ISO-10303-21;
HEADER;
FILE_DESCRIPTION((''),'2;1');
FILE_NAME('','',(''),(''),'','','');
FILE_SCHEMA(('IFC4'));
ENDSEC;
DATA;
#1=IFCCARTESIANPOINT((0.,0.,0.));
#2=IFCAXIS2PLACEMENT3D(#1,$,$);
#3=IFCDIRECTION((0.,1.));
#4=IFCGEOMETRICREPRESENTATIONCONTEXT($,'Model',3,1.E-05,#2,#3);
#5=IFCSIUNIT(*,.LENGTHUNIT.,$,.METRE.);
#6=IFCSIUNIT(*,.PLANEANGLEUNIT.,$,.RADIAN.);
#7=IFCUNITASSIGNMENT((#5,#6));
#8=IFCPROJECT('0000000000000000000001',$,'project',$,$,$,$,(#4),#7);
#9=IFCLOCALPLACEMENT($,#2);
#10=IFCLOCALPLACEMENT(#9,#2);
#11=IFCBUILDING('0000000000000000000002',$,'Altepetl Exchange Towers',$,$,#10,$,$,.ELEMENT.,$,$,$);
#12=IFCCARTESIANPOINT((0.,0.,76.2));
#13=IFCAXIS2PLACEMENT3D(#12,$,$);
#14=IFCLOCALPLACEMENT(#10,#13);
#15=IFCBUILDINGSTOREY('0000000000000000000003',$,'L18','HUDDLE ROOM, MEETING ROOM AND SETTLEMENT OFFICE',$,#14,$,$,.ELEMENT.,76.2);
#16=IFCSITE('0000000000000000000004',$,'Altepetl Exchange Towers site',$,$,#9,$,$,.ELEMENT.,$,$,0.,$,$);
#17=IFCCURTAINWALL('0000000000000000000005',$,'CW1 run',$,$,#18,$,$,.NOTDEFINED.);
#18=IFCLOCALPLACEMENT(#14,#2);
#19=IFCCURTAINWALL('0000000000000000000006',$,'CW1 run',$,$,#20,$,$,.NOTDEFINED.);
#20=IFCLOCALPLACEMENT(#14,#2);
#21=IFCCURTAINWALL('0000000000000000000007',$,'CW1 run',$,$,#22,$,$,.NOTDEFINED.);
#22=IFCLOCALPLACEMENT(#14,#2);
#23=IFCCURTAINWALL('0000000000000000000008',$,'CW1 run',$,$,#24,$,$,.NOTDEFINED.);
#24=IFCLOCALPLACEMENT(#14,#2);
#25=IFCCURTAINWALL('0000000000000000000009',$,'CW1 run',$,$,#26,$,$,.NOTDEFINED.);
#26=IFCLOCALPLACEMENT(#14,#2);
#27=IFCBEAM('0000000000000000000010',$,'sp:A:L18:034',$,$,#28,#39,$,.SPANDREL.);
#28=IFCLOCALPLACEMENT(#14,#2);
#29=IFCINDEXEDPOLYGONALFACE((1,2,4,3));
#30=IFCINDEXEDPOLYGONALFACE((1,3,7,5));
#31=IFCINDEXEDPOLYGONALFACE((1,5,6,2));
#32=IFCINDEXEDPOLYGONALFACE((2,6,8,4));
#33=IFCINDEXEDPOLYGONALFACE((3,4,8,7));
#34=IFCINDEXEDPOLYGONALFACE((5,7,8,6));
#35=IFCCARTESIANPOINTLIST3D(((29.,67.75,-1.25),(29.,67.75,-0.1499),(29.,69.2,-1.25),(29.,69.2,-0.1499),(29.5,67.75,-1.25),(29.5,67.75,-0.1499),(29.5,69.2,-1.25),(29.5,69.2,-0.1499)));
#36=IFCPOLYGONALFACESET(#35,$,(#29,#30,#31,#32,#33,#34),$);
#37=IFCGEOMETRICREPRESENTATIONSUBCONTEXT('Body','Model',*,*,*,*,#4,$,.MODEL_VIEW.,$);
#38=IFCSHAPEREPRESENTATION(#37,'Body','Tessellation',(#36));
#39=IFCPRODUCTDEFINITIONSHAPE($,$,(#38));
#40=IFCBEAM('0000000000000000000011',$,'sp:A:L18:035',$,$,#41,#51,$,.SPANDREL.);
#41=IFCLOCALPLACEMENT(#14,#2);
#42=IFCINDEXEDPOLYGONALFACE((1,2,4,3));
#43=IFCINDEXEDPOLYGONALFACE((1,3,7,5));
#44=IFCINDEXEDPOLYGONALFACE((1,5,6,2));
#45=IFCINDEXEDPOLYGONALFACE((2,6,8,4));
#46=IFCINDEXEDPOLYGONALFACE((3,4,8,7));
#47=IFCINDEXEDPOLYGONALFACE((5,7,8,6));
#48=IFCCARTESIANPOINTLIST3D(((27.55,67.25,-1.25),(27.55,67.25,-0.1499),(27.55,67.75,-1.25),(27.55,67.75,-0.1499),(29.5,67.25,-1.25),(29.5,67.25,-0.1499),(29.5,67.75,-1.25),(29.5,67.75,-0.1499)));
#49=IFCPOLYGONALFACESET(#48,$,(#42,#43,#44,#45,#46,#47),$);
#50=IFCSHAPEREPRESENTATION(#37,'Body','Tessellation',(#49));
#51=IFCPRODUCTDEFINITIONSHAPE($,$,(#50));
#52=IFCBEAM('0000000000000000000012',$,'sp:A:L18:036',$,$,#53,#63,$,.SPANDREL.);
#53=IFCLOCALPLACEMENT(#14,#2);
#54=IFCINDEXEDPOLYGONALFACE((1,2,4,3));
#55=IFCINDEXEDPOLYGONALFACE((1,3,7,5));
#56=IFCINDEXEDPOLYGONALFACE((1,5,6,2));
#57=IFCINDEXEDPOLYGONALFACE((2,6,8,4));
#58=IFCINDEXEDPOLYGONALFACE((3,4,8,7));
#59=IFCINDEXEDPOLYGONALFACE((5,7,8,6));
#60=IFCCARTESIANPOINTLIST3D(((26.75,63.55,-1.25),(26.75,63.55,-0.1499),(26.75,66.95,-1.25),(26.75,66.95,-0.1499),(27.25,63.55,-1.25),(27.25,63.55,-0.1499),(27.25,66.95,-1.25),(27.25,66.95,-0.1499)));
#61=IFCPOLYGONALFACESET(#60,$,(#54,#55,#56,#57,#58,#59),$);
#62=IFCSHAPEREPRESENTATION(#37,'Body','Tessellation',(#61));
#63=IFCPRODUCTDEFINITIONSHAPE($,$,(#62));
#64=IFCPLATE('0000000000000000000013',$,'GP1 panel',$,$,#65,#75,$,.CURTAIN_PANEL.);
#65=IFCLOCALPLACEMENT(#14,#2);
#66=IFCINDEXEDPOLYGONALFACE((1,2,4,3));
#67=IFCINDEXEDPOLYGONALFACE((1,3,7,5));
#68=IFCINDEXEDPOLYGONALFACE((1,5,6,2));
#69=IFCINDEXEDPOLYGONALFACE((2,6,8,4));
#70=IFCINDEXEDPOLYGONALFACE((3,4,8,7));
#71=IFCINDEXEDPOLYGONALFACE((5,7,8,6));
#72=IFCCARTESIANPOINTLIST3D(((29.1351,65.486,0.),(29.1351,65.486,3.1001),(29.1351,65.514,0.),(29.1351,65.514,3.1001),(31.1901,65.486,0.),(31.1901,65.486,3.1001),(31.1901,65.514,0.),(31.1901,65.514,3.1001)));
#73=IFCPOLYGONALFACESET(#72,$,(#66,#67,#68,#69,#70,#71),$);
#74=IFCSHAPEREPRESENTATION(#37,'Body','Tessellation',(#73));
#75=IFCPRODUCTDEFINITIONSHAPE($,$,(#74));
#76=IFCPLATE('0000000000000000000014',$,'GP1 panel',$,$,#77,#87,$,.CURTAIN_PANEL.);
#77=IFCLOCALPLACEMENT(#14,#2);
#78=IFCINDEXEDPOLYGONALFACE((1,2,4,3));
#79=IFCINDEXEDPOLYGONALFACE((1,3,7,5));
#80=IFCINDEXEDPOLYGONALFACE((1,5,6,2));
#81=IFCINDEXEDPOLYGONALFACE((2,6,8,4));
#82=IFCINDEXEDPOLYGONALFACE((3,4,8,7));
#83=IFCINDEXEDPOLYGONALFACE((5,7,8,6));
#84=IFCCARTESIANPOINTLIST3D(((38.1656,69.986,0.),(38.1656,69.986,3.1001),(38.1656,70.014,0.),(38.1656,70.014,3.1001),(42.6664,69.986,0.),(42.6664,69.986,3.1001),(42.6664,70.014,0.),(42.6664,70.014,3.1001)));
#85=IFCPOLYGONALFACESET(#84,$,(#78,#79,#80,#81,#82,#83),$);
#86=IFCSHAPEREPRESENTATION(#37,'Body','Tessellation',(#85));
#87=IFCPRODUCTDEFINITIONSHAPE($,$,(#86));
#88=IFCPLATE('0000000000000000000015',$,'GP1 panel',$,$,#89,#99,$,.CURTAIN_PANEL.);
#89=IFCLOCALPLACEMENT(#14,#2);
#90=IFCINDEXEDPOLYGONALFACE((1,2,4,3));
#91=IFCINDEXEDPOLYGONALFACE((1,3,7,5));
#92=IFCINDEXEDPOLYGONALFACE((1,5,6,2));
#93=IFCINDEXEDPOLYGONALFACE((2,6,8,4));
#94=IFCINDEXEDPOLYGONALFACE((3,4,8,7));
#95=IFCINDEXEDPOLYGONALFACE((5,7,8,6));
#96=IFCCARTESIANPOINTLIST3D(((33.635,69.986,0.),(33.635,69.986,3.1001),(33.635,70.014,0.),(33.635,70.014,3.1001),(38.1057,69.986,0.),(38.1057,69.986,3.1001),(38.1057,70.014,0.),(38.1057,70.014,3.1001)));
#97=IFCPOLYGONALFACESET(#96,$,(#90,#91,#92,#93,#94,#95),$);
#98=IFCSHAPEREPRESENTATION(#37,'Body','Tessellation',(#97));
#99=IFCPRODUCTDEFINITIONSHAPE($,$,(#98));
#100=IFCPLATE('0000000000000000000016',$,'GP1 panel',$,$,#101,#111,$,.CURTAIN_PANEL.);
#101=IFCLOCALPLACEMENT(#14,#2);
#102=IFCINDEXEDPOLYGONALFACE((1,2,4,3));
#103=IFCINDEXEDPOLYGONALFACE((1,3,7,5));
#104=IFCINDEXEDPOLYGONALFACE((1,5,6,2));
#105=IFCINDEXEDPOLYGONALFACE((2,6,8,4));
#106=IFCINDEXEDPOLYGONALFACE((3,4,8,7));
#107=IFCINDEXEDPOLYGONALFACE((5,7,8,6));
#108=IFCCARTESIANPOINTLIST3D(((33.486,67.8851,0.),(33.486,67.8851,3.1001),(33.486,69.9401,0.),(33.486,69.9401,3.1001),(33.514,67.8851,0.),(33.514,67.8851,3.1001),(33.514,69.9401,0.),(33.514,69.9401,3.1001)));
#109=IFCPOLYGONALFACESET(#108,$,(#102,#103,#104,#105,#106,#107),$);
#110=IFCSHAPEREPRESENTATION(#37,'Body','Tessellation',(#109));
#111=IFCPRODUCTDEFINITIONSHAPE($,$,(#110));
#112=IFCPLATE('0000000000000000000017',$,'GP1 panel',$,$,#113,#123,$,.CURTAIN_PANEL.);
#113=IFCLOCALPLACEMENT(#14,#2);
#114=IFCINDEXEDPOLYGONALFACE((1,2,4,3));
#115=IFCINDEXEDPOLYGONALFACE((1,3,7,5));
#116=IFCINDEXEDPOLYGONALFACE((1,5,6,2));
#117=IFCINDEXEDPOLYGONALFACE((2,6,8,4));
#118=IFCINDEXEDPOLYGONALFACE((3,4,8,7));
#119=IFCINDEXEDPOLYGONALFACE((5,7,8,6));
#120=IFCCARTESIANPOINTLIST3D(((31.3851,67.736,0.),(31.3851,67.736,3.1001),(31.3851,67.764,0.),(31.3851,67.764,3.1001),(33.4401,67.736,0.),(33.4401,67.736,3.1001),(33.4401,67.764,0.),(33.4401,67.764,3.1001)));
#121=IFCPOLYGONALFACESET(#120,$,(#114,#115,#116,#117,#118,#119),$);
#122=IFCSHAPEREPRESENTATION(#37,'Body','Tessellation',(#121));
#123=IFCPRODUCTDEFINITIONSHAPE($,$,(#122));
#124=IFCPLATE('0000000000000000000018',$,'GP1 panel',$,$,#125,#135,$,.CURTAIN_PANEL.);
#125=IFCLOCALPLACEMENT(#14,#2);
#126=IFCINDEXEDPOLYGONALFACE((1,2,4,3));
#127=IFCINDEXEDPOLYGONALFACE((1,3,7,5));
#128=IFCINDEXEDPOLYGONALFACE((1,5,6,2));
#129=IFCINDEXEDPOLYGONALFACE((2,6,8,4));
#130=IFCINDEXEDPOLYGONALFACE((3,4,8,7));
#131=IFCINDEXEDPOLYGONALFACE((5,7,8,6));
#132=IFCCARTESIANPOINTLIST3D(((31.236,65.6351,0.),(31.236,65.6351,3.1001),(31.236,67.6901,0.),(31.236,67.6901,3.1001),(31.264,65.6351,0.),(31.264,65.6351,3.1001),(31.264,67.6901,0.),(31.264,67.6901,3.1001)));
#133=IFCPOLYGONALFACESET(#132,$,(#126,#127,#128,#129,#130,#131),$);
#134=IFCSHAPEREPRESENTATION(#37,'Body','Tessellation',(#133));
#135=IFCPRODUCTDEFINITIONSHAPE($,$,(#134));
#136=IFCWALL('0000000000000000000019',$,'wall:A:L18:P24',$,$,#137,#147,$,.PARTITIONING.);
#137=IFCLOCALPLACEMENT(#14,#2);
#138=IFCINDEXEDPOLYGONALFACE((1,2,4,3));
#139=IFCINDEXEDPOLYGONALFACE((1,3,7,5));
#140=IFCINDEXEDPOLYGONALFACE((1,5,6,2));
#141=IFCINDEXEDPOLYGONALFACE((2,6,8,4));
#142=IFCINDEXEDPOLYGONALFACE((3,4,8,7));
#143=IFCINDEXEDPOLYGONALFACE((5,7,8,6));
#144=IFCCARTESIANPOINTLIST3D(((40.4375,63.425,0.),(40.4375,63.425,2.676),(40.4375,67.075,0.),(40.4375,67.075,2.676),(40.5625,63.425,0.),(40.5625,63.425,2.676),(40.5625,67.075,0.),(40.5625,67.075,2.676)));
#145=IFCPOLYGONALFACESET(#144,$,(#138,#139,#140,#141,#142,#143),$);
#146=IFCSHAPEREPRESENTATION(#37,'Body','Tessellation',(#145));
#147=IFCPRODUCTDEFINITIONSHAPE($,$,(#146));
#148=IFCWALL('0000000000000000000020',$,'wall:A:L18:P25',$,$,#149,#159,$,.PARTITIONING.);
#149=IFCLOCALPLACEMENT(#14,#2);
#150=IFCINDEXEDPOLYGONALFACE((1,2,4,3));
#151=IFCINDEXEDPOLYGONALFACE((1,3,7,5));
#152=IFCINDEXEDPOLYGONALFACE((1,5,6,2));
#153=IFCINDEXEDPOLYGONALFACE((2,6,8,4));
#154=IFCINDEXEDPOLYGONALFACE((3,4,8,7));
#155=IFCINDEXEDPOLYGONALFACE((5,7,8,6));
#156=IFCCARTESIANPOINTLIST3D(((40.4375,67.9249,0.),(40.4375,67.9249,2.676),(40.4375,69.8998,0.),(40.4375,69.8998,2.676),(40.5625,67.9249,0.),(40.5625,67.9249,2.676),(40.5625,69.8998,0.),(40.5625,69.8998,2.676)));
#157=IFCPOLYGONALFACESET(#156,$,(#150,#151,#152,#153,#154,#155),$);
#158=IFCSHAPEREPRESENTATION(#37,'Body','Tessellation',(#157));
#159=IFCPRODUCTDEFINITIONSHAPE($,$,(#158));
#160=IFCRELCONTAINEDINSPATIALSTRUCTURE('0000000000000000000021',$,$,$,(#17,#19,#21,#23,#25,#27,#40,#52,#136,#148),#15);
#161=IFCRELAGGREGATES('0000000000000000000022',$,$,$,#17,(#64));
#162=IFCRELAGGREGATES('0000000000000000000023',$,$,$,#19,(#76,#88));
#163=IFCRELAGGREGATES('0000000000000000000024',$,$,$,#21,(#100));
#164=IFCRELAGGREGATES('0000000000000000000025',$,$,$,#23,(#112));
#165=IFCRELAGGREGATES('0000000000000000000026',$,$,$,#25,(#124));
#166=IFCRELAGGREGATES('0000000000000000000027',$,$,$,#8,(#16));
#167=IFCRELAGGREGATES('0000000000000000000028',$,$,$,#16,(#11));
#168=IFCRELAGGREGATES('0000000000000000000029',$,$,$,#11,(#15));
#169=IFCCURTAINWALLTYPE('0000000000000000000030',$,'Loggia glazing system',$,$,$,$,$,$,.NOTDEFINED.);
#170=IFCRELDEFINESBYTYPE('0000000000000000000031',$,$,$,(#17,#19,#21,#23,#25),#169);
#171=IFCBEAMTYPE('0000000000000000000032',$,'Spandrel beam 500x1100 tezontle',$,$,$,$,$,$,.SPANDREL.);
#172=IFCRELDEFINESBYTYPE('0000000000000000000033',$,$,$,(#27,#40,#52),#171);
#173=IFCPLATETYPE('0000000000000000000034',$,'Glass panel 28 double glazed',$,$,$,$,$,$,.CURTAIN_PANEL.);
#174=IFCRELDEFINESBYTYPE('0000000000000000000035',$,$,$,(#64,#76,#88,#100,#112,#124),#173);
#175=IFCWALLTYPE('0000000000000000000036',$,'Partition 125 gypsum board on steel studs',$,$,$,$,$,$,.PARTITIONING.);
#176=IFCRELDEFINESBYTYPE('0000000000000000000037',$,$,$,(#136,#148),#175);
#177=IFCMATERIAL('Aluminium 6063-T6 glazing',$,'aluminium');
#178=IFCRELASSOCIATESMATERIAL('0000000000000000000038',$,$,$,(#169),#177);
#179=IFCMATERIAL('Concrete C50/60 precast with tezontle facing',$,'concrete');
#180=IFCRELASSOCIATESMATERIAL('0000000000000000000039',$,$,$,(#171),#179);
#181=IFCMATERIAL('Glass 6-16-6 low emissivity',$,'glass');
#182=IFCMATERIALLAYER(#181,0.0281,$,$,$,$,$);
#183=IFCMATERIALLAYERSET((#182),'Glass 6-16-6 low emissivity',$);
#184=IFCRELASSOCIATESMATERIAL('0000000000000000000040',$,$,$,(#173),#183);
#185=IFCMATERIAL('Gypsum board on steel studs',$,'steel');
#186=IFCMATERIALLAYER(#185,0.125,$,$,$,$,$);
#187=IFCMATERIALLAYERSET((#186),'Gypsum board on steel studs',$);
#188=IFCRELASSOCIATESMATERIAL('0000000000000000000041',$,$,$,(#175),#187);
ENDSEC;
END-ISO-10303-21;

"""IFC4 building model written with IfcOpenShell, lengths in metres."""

from ifc_helpers import new_model, si_unit, direction, frame, frame_2d, origin, origin_2d, place, context, subcontext, project, spatial, rectangle, extrude, material, layer, layer_set, material_profile, profile_set, type_object, element, aggregate, save


model = new_model("IFC4")

# Units and contexts
model_context = context("Model", 3, precision=1e-05, world=origin(), true_north=direction((0.0, 1.0)))
body_context = subcontext(model_context, "Body", "Model", "MODEL_VIEW")
ifc_project = project(units=[si_unit("LENGTHUNIT", "METRE"), si_unit("PLANEANGLEUNIT", "RADIAN")], contexts=[model_context])

# Site, building, storey
site_placement = place(None, origin())
site = spatial("IfcSite", under=ifc_project, at=site_placement, Name="Altepetl Exchange Towers site", CompositionType="ELEMENT", RefElevation=0.0)
building_placement = place(site_placement, origin())
building = spatial("IfcBuilding", under=site, at=building_placement, Name="Altepetl Exchange Towers", CompositionType="ELEMENT")
storey_placement = place(building_placement, frame((0.0, 0.0, 76.2)))
storey = spatial("IfcBuildingStorey", under=building, at=storey_placement, Name="L18", Description="HUDDLE ROOM, MEETING ROOM AND SETTLEMENT OFFICE", CompositionType="ELEMENT", Elevation=76.2)

# Curtain wall
ifc_material_1 = material(Name="Aluminium 6063-T6 glazing", Category="aluminium")
curtain_wall_type = type_object("IfcCurtainWallType", Name="Loggia glazing system", PredefinedType="NOTDEFINED", material=ifc_material_1)
curtain_wall_1_placement = place(storey_placement, origin())
curtain_wall_1 = element("IfcCurtainWall", 1, at=curtain_wall_1_placement, inside=storey, type_object=curtain_wall_type, Name="CW1 run", PredefinedType="NOTDEFINED")

# Curtain walls
curtain_wall_2_placement = place(storey_placement, origin())
curtain_wall_2 = element("IfcCurtainWall", 2, at=curtain_wall_2_placement, inside=storey, type_object=curtain_wall_type, Name="CW1 run", PredefinedType="NOTDEFINED")
curtain_wall_3_placement = place(storey_placement, origin())
curtain_wall_3 = element("IfcCurtainWall", 3, at=curtain_wall_3_placement, inside=storey, type_object=curtain_wall_type, Name="CW1 run", PredefinedType="NOTDEFINED")
curtain_wall_4_placement = place(storey_placement, origin())
curtain_wall_4 = element("IfcCurtainWall", 4, at=curtain_wall_4_placement, inside=storey, type_object=curtain_wall_type, Name="CW1 run", PredefinedType="NOTDEFINED")
curtain_wall_5_placement = place(storey_placement, origin())
curtain_wall_5 = element("IfcCurtainWall", 5, at=curtain_wall_5_placement, inside=storey, type_object=curtain_wall_type, Name="CW1 run", PredefinedType="NOTDEFINED")

# Beams
ifc_material_2 = material(Name="Concrete C50/60 precast with tezontle facing", Category="concrete")
ifc_material_profile_1 = material_profile(ifc_material_2, rectangle(XDim=0.5, YDim=1.1001, at=origin_2d()), Name="500 x 1100")
ifc_profile_set_1 = profile_set([ifc_material_profile_1], Name="Concrete C50/60 precast with tezontle facing")
beam_type_1 = type_object("IfcBeamType", Name="Spandrel beam 500x1100 tezontle", PredefinedType="SPANDREL", material=ifc_profile_set_1)
beam_1_placement = place(storey_placement, frame((29.25, 69.2, -0.7), z_axis=(0.0, -1.0, 0.0), x_axis=(1.0, 0.0, 0.0)))
element("IfcBeam", 6, at=beam_1_placement, inside=storey, type_object=beam_type_1, Name="sp:A:L18:034", PredefinedType="SPANDREL", context=body_context, shape_type="SweptSolid", body=[
    extrude(rectangle(XDim=0.5, YDim=1.1001, at=origin_2d()), origin(), (0.0, 0.0, 1.0), 1.45),
])
beam_2_placement = place(storey_placement, frame((29.5, 67.5, -0.7), z_axis=(-1.0, 0.0, 0.0), x_axis=(0.0, -1.0, 0.0)))
element("IfcBeam", 7, at=beam_2_placement, inside=storey, type_object=beam_type_1, Name="sp:A:L18:035", PredefinedType="SPANDREL", context=body_context, shape_type="SweptSolid", body=[
    extrude(rectangle(XDim=0.5, YDim=1.1001, at=origin_2d()), origin(), (0.0, 0.0, 1.0), 1.95),
])
beam_3_placement = place(storey_placement, frame((27.0, 66.95, -0.7), z_axis=(0.0, -1.0, 0.0), x_axis=(1.0, 0.0, 0.0)))
element("IfcBeam", 8, at=beam_3_placement, inside=storey, type_object=beam_type_1, Name="sp:A:L18:036", PredefinedType="SPANDREL", context=body_context, shape_type="SweptSolid", body=[
    extrude(rectangle(XDim=0.5, YDim=1.1001, at=origin_2d()), origin(), (0.0, 0.0, 1.0), 3.3999),
])

# Plates
ifc_material_3 = material(Name="Glass 6-16-6 low emissivity", Category="glass")
ifc_layer_1 = layer(ifc_material_3, 0.0281)
ifc_layer_set_1 = layer_set([ifc_layer_1], Name="Glass 6-16-6 low emissivity")
plate_type = type_object("IfcPlateType", Name="Glass panel 28 double glazed", PredefinedType="CURTAIN_PANEL", material=ifc_layer_set_1)
plate_1_placement = place(storey_placement, frame((30.1626, 65.5, 0.0), z_axis=(0.0, 0.0, 1.0), x_axis=(-1.0, 0.0, 0.0)))
plate_1 = element("IfcPlate", 9, at=plate_1_placement, type_object=plate_type, Name="GP1 panel", PredefinedType="CURTAIN_PANEL", context=body_context, shape_type="SweptSolid", body=[
    extrude(rectangle(XDim=2.0549, YDim=0.0281, at=origin_2d()), origin(), (0.0, 0.0, 1.0), 3.1001),
])
aggregate(curtain_wall_1, [plate_1])
plate_2_placement = place(storey_placement, frame((40.416, 70.0, 0.0), z_axis=(0.0, 0.0, 1.0), x_axis=(-1.0, 0.0, 0.0)))
plate_2 = element("IfcPlate", 10, at=plate_2_placement, type_object=plate_type, Name="GP1 panel", PredefinedType="CURTAIN_PANEL", context=body_context, shape_type="SweptSolid", body=[
    extrude(rectangle(XDim=4.5007, YDim=0.0281, at=origin_2d()), origin(), (0.0, 0.0, 1.0), 3.1001),
])
plate_3_placement = place(storey_placement, frame((35.8704, 70.0, 0.0), z_axis=(0.0, 0.0, 1.0), x_axis=(-1.0, 0.0, 0.0)))
plate_3 = element("IfcPlate", 11, at=plate_3_placement, type_object=plate_type, Name="GP1 panel", PredefinedType="CURTAIN_PANEL", context=body_context, shape_type="SweptSolid", body=[
    extrude(rectangle(XDim=4.4707, YDim=0.0281, at=origin_2d()), origin(), (0.0, 0.0, 1.0), 3.1001),
])
aggregate(curtain_wall_2, [plate_2, plate_3])
plate_4_placement = place(storey_placement, frame((33.5, 68.9126, 0.0), z_axis=(0.0, 0.0, 1.0), x_axis=(0.0, -1.0, 0.0)))
plate_4 = element("IfcPlate", 12, at=plate_4_placement, type_object=plate_type, Name="GP1 panel", PredefinedType="CURTAIN_PANEL", context=body_context, shape_type="SweptSolid", body=[
    extrude(rectangle(XDim=2.0549, YDim=0.0281, at=origin_2d()), origin(), (0.0, 0.0, 1.0), 3.1001),
])
aggregate(curtain_wall_3, [plate_4])
plate_5_placement = place(storey_placement, frame((32.4126, 67.75, 0.0), z_axis=(0.0, 0.0, 1.0), x_axis=(-1.0, 0.0, 0.0)))
plate_5 = element("IfcPlate", 13, at=plate_5_placement, type_object=plate_type, Name="GP1 panel", PredefinedType="CURTAIN_PANEL", context=body_context, shape_type="SweptSolid", body=[
    extrude(rectangle(XDim=2.0549, YDim=0.0281, at=origin_2d()), origin(), (0.0, 0.0, 1.0), 3.1001),
])
aggregate(curtain_wall_4, [plate_5])
plate_6_placement = place(storey_placement, frame((31.25, 66.6626, 0.0), z_axis=(0.0, 0.0, 1.0), x_axis=(0.0, -1.0, 0.0)))
plate_6 = element("IfcPlate", 14, at=plate_6_placement, type_object=plate_type, Name="GP1 panel", PredefinedType="CURTAIN_PANEL", context=body_context, shape_type="SweptSolid", body=[
    extrude(rectangle(XDim=2.0549, YDim=0.0281, at=origin_2d()), origin(), (0.0, 0.0, 1.0), 3.1001),
])
aggregate(curtain_wall_5, [plate_6])

# Walls
ifc_material_4 = material(Name="Gypsum board on steel studs", Category="steel")
ifc_layer_2 = layer(ifc_material_4, 0.125)
ifc_layer_set_2 = layer_set([ifc_layer_2], Name="Gypsum board on steel studs")
wall_type = type_object("IfcWallType", Name="Partition 125 gypsum board on steel studs", PredefinedType="PARTITIONING", material=ifc_layer_set_2)
wall_1_placement = place(storey_placement, frame((40.5, 63.425, 0.0), z_axis=(0.0, 0.0, 1.0), x_axis=(0.0, 1.0, 0.0)))
element("IfcWall", 15, at=wall_1_placement, inside=storey, type_object=wall_type, Name="wall:A:L18:P24", PredefinedType="PARTITIONING", context=body_context, shape_type="SweptSolid", body=[
    extrude(rectangle(XDim=3.6499, YDim=0.125, at=frame_2d((1.825, 0.0))), origin(), (0.0, 0.0, 1.0), 2.676),
])
wall_2_placement = place(storey_placement, frame((40.5, 67.925, 0.0), z_axis=(0.0, 0.0, 1.0), x_axis=(0.0, 1.0, 0.0)))
element("IfcWall", 16, at=wall_2_placement, inside=storey, type_object=wall_type, Name="wall:A:L18:P25", PredefinedType="PARTITIONING", context=body_context, shape_type="SweptSolid", body=[
    extrude(rectangle(XDim=1.9749, YDim=0.125, at=frame_2d((0.9873, 0.0))), origin(), (0.0, 0.0, 1.0), 2.676),
])

save(model, "model.ifc")
